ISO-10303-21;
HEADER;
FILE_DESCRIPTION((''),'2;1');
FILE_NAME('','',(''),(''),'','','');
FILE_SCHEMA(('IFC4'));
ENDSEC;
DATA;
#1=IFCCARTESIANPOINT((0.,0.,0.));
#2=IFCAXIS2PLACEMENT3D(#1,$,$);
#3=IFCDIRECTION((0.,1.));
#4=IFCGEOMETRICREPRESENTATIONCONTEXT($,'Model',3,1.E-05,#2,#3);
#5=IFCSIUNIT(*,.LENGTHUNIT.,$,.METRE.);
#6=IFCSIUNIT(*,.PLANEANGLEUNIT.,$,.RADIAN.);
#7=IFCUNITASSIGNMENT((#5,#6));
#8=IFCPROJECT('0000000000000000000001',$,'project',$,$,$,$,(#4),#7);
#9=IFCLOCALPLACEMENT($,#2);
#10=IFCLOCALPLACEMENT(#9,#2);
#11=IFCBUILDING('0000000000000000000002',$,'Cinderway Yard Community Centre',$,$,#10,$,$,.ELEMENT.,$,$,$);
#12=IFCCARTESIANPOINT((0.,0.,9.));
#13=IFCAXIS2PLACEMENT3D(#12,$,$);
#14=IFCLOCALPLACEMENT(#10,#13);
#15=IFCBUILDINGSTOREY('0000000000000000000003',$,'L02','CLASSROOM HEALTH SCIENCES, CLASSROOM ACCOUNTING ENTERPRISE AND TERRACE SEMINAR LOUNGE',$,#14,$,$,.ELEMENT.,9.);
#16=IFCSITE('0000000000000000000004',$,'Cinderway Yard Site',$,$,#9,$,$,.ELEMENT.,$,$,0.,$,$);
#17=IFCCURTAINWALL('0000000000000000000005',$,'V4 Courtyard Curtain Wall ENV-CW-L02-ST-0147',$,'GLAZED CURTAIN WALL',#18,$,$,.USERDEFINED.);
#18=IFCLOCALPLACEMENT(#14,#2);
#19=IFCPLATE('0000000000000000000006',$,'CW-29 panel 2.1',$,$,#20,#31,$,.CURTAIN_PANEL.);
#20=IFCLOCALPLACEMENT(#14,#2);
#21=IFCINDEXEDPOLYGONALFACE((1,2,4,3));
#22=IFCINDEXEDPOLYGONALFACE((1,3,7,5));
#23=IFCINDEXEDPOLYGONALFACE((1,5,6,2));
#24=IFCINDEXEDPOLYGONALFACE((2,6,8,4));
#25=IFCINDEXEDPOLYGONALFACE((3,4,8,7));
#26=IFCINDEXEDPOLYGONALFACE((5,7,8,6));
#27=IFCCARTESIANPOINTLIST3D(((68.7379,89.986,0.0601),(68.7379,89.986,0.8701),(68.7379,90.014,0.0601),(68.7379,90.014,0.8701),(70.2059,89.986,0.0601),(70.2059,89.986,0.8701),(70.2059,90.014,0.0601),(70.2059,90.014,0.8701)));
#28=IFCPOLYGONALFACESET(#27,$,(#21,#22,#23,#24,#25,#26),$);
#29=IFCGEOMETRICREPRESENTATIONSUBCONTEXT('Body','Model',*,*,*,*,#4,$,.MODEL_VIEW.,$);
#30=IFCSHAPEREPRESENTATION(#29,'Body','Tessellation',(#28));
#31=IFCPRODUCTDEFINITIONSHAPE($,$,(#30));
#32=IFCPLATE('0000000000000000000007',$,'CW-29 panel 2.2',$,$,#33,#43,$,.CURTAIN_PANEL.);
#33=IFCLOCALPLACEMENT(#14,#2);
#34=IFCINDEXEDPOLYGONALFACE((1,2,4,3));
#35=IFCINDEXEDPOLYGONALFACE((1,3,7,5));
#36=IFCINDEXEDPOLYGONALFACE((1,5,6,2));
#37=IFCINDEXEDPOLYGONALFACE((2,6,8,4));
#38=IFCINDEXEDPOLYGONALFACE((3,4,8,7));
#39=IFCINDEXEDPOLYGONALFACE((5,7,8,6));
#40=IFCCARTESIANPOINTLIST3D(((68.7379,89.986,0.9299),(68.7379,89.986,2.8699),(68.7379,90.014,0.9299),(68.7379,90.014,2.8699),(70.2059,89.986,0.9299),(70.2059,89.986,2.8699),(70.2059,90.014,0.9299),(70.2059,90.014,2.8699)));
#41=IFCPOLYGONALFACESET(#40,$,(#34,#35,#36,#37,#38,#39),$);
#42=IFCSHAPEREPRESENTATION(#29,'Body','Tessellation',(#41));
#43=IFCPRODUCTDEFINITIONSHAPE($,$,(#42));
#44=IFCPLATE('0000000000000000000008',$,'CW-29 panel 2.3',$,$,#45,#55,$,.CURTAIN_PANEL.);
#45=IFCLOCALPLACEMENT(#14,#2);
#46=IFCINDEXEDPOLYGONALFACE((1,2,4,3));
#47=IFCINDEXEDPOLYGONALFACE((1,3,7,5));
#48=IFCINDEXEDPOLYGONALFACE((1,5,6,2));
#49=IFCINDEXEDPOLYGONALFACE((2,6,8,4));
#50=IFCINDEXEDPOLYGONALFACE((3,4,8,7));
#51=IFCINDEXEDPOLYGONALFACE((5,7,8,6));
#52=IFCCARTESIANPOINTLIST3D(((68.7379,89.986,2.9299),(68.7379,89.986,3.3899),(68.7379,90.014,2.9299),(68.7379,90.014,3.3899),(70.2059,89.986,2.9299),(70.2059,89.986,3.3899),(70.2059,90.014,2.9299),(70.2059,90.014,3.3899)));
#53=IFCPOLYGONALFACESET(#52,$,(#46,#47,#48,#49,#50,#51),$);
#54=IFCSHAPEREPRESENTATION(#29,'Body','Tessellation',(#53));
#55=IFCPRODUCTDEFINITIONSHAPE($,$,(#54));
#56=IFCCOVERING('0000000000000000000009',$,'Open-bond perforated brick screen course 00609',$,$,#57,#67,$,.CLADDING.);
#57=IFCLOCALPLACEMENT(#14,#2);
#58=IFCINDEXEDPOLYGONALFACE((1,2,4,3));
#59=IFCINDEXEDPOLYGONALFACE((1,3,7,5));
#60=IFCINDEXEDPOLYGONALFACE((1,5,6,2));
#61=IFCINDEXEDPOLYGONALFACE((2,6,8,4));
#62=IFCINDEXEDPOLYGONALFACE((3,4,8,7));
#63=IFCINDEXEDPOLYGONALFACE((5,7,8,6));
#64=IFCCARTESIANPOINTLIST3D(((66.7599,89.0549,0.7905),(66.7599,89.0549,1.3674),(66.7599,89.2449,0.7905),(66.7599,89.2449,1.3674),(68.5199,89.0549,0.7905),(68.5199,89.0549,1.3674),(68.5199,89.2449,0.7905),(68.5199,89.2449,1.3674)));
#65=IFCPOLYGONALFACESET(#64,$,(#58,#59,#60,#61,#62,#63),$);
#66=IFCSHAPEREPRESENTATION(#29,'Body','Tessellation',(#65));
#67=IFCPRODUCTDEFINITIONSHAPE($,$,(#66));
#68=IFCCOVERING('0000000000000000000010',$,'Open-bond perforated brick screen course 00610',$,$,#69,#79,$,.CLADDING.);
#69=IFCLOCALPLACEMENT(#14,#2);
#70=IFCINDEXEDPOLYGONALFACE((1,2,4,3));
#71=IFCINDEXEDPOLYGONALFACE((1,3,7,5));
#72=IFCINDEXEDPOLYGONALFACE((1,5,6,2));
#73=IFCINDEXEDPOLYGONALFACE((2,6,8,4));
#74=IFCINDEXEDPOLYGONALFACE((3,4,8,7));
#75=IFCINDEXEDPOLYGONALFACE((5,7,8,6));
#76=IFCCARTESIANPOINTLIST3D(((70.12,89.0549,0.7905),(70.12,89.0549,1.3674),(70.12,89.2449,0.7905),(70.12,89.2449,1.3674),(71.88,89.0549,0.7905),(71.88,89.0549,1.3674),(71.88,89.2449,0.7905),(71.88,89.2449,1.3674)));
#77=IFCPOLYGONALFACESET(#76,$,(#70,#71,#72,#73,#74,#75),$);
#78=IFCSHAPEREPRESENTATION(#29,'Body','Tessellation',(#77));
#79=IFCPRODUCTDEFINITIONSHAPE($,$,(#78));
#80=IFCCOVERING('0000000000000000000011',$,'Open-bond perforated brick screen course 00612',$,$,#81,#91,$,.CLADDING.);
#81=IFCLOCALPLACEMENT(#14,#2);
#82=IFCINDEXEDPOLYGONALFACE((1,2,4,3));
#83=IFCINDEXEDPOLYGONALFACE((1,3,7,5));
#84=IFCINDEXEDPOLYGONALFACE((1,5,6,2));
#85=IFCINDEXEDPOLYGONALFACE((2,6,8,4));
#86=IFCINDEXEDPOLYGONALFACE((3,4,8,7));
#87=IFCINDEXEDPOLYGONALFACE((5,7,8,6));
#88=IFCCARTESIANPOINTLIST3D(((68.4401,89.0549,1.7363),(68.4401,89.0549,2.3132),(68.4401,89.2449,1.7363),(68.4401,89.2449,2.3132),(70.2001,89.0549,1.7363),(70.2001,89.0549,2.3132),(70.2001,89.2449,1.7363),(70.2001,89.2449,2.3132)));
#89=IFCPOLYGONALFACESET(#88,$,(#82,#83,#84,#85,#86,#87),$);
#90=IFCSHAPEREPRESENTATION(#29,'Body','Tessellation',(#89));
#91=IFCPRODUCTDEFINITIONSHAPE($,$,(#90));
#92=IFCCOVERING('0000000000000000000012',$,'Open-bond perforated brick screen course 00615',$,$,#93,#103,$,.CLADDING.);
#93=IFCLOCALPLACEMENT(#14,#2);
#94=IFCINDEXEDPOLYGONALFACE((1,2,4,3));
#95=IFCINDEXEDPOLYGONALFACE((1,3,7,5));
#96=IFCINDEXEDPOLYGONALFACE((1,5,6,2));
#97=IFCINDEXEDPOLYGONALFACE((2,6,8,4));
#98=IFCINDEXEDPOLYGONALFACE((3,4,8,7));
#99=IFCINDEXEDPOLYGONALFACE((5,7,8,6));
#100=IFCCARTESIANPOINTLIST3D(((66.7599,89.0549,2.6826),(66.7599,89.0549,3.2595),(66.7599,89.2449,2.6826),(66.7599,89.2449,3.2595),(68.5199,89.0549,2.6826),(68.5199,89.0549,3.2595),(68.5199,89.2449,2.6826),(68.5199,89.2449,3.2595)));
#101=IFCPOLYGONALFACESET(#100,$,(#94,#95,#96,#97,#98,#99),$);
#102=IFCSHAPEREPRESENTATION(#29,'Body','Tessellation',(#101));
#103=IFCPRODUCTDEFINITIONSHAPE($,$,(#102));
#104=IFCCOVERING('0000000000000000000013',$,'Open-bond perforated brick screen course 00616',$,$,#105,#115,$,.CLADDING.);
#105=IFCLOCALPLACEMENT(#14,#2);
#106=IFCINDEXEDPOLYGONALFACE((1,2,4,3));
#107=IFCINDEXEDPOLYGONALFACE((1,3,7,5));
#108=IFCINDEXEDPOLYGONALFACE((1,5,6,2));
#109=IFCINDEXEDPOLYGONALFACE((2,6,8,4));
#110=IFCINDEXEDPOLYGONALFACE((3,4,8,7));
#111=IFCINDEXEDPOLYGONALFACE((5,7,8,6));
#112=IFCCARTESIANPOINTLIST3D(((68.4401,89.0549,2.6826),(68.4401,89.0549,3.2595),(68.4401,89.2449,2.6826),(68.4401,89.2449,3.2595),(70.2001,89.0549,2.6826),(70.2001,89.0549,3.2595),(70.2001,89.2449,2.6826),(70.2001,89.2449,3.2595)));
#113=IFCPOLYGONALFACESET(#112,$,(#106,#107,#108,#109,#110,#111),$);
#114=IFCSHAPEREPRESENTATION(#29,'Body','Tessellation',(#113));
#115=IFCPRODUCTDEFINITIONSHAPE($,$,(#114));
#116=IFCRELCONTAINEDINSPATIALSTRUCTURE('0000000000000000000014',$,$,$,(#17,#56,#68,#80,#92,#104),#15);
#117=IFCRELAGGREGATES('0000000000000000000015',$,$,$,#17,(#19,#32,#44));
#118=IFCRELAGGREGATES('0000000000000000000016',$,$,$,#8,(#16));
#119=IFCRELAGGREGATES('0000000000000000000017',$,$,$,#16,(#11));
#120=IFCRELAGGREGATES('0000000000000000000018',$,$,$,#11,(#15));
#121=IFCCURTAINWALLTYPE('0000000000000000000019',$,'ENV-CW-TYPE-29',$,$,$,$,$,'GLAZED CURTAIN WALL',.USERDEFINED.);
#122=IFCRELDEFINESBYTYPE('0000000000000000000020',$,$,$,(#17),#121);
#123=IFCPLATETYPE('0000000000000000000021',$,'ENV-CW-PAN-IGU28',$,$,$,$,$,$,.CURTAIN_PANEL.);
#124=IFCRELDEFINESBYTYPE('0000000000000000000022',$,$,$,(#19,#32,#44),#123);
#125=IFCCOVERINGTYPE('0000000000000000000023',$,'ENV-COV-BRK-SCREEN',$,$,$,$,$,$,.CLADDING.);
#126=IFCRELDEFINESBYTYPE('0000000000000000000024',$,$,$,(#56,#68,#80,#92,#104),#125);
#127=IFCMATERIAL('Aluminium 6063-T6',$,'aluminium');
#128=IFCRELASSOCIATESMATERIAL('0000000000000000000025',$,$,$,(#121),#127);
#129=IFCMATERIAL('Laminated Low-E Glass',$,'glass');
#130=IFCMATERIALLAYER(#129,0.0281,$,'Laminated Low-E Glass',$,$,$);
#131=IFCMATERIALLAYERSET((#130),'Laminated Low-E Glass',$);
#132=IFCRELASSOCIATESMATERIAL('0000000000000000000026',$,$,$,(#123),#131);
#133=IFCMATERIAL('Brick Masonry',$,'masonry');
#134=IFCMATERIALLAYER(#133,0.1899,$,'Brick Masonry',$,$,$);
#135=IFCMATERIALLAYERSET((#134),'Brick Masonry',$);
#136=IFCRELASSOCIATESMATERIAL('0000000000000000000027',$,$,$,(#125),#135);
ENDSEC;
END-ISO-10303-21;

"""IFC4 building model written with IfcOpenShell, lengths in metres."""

from ifc_helpers import new_model, si_unit, direction, frame, origin, origin_2d, place, context, subcontext, project, spatial, rectangle, extrude, material, layer, layer_set, type_object, element, aggregate, save


model = new_model("IFC4")

# Units and contexts
model_context = context("Model", 3, precision=1e-05, world=origin(), true_north=direction((0.0, 1.0)))
body_context = subcontext(model_context, "Body", "Model", "MODEL_VIEW")
ifc_project = project(units=[si_unit("LENGTHUNIT", "METRE"), si_unit("PLANEANGLEUNIT", "RADIAN")], contexts=[model_context])

# Site, building, storey
site_placement = place(None, origin())
site = spatial("IfcSite", under=ifc_project, at=site_placement, Name="Cinderway Yard Site", CompositionType="ELEMENT", RefElevation=0.0)
building_placement = place(site_placement, origin())
building = spatial("IfcBuilding", under=site, at=building_placement, Name="Cinderway Yard Community Centre", CompositionType="ELEMENT")
storey_placement = place(building_placement, frame((0.0, 0.0, 9.0)))
storey = spatial("IfcBuildingStorey", under=building, at=storey_placement, Name="L02", Description="CLASSROOM HEALTH SCIENCES, CLASSROOM ACCOUNTING ENTERPRISE AND TERRACE SEMINAR LOUNGE", CompositionType="ELEMENT", Elevation=9.0)

# Curtain wall
ifc_material_1 = material(Name="Aluminium 6063-T6", Category="aluminium")
curtain_wall_type = type_object("IfcCurtainWallType", Name="ENV-CW-TYPE-29", ElementType="GLAZED CURTAIN WALL", PredefinedType="USERDEFINED", material=ifc_material_1)
curtain_wall_placement = place(storey_placement, origin())
curtain_wall = element("IfcCurtainWall", 1, at=curtain_wall_placement, inside=storey, type_object=curtain_wall_type, Name="V4 Courtyard Curtain Wall ENV-CW-L02-ST-0147", ObjectType="GLAZED CURTAIN WALL", PredefinedType="USERDEFINED")

# Plates
ifc_material_2 = material(Name="Laminated Low-E Glass", Category="glass")
ifc_layer_1 = layer(ifc_material_2, 0.0281, Name="Laminated Low-E Glass")
ifc_layer_set_1 = layer_set([ifc_layer_1], Name="Laminated Low-E Glass")
plate_type = type_object("IfcPlateType", Name="ENV-CW-PAN-IGU28", PredefinedType="CURTAIN_PANEL", material=ifc_layer_set_1)
plate_1_placement = place(storey_placement, frame((69.4719, 90.0, 0.0601), z_axis=(0.0, 0.0, 1.0), x_axis=(1.0, 0.0, 0.0)))
plate_1 = element("IfcPlate", 2, at=plate_1_placement, type_object=plate_type, Name="CW-29 panel 2.1", PredefinedType="CURTAIN_PANEL", context=body_context, shape_type="SweptSolid", body=[
    extrude(rectangle(XDim=1.468, YDim=0.0281, at=origin_2d()), origin(), (0.0, 0.0, 1.0), 0.8101),
])
plate_2_placement = place(storey_placement, frame((69.4719, 90.0, 0.9299), z_axis=(0.0, 0.0, 1.0), x_axis=(1.0, 0.0, 0.0)))
plate_2 = element("IfcPlate", 3, at=plate_2_placement, type_object=plate_type, Name="CW-29 panel 2.2", PredefinedType="CURTAIN_PANEL", context=body_context, shape_type="SweptSolid", body=[
    extrude(rectangle(XDim=1.468, YDim=0.0281, at=origin_2d()), origin(), (0.0, 0.0, 1.0), 1.9399),
])
plate_3_placement = place(storey_placement, frame((69.4719, 90.0, 2.9299), z_axis=(0.0, 0.0, 1.0), x_axis=(1.0, 0.0, 0.0)))
plate_3 = element("IfcPlate", 4, at=plate_3_placement, type_object=plate_type, Name="CW-29 panel 2.3", PredefinedType="CURTAIN_PANEL", context=body_context, shape_type="SweptSolid", body=[
    extrude(rectangle(XDim=1.468, YDim=0.0281, at=origin_2d()), origin(), (0.0, 0.0, 1.0), 0.46),
])
aggregate(curtain_wall, [plate_1, plate_2, plate_3])

# Coverings
ifc_material_3 = material(Name="Brick Masonry", Category="masonry")
ifc_layer_2 = layer(ifc_material_3, 0.1899, Name="Brick Masonry")
ifc_layer_set_2 = layer_set([ifc_layer_2], Name="Brick Masonry")
covering_type = type_object("IfcCoveringType", Name="ENV-COV-BRK-SCREEN", PredefinedType="CLADDING", material=ifc_layer_set_2)
for number, where, z_axis, x_axis, name in (
    (5, (67.6399, 89.1499, 0.7905), (0.0, 0.0, 1.0), (-1.0, 0.0, 0.0), "Open-bond perforated brick screen course 00609"),
    (6, (71.0, 89.1499, 0.7905), (0.0, 0.0, 1.0), (-1.0, 0.0, 0.0), "Open-bond perforated brick screen course 00610"),
    (7, (69.3201, 89.1499, 1.7363), (0.0, 0.0, 1.0), (-1.0, 0.0, 0.0), "Open-bond perforated brick screen course 00612"),
    (8, (67.6399, 89.1499, 2.6826), (0.0, 0.0, 1.0), (-1.0, 0.0, 0.0), "Open-bond perforated brick screen course 00615"),
    (9, (69.3201, 89.1499, 2.6826), (0.0, 0.0, 1.0), (-1.0, 0.0, 0.0), "Open-bond perforated brick screen course 00616"),
):
    element("IfcCovering", number, at=place(storey_placement, frame(where, z_axis=z_axis, x_axis=x_axis)), inside=storey, type_object=covering_type, Name=name, PredefinedType="CLADDING", context=body_context, shape_type="SweptSolid", body=[
        extrude(rectangle(XDim=1.76, YDim=0.1899, at=origin_2d()), origin(), (0.0, 0.0, 1.0), 0.5769),
    ])

save(model, "model.ifc")
